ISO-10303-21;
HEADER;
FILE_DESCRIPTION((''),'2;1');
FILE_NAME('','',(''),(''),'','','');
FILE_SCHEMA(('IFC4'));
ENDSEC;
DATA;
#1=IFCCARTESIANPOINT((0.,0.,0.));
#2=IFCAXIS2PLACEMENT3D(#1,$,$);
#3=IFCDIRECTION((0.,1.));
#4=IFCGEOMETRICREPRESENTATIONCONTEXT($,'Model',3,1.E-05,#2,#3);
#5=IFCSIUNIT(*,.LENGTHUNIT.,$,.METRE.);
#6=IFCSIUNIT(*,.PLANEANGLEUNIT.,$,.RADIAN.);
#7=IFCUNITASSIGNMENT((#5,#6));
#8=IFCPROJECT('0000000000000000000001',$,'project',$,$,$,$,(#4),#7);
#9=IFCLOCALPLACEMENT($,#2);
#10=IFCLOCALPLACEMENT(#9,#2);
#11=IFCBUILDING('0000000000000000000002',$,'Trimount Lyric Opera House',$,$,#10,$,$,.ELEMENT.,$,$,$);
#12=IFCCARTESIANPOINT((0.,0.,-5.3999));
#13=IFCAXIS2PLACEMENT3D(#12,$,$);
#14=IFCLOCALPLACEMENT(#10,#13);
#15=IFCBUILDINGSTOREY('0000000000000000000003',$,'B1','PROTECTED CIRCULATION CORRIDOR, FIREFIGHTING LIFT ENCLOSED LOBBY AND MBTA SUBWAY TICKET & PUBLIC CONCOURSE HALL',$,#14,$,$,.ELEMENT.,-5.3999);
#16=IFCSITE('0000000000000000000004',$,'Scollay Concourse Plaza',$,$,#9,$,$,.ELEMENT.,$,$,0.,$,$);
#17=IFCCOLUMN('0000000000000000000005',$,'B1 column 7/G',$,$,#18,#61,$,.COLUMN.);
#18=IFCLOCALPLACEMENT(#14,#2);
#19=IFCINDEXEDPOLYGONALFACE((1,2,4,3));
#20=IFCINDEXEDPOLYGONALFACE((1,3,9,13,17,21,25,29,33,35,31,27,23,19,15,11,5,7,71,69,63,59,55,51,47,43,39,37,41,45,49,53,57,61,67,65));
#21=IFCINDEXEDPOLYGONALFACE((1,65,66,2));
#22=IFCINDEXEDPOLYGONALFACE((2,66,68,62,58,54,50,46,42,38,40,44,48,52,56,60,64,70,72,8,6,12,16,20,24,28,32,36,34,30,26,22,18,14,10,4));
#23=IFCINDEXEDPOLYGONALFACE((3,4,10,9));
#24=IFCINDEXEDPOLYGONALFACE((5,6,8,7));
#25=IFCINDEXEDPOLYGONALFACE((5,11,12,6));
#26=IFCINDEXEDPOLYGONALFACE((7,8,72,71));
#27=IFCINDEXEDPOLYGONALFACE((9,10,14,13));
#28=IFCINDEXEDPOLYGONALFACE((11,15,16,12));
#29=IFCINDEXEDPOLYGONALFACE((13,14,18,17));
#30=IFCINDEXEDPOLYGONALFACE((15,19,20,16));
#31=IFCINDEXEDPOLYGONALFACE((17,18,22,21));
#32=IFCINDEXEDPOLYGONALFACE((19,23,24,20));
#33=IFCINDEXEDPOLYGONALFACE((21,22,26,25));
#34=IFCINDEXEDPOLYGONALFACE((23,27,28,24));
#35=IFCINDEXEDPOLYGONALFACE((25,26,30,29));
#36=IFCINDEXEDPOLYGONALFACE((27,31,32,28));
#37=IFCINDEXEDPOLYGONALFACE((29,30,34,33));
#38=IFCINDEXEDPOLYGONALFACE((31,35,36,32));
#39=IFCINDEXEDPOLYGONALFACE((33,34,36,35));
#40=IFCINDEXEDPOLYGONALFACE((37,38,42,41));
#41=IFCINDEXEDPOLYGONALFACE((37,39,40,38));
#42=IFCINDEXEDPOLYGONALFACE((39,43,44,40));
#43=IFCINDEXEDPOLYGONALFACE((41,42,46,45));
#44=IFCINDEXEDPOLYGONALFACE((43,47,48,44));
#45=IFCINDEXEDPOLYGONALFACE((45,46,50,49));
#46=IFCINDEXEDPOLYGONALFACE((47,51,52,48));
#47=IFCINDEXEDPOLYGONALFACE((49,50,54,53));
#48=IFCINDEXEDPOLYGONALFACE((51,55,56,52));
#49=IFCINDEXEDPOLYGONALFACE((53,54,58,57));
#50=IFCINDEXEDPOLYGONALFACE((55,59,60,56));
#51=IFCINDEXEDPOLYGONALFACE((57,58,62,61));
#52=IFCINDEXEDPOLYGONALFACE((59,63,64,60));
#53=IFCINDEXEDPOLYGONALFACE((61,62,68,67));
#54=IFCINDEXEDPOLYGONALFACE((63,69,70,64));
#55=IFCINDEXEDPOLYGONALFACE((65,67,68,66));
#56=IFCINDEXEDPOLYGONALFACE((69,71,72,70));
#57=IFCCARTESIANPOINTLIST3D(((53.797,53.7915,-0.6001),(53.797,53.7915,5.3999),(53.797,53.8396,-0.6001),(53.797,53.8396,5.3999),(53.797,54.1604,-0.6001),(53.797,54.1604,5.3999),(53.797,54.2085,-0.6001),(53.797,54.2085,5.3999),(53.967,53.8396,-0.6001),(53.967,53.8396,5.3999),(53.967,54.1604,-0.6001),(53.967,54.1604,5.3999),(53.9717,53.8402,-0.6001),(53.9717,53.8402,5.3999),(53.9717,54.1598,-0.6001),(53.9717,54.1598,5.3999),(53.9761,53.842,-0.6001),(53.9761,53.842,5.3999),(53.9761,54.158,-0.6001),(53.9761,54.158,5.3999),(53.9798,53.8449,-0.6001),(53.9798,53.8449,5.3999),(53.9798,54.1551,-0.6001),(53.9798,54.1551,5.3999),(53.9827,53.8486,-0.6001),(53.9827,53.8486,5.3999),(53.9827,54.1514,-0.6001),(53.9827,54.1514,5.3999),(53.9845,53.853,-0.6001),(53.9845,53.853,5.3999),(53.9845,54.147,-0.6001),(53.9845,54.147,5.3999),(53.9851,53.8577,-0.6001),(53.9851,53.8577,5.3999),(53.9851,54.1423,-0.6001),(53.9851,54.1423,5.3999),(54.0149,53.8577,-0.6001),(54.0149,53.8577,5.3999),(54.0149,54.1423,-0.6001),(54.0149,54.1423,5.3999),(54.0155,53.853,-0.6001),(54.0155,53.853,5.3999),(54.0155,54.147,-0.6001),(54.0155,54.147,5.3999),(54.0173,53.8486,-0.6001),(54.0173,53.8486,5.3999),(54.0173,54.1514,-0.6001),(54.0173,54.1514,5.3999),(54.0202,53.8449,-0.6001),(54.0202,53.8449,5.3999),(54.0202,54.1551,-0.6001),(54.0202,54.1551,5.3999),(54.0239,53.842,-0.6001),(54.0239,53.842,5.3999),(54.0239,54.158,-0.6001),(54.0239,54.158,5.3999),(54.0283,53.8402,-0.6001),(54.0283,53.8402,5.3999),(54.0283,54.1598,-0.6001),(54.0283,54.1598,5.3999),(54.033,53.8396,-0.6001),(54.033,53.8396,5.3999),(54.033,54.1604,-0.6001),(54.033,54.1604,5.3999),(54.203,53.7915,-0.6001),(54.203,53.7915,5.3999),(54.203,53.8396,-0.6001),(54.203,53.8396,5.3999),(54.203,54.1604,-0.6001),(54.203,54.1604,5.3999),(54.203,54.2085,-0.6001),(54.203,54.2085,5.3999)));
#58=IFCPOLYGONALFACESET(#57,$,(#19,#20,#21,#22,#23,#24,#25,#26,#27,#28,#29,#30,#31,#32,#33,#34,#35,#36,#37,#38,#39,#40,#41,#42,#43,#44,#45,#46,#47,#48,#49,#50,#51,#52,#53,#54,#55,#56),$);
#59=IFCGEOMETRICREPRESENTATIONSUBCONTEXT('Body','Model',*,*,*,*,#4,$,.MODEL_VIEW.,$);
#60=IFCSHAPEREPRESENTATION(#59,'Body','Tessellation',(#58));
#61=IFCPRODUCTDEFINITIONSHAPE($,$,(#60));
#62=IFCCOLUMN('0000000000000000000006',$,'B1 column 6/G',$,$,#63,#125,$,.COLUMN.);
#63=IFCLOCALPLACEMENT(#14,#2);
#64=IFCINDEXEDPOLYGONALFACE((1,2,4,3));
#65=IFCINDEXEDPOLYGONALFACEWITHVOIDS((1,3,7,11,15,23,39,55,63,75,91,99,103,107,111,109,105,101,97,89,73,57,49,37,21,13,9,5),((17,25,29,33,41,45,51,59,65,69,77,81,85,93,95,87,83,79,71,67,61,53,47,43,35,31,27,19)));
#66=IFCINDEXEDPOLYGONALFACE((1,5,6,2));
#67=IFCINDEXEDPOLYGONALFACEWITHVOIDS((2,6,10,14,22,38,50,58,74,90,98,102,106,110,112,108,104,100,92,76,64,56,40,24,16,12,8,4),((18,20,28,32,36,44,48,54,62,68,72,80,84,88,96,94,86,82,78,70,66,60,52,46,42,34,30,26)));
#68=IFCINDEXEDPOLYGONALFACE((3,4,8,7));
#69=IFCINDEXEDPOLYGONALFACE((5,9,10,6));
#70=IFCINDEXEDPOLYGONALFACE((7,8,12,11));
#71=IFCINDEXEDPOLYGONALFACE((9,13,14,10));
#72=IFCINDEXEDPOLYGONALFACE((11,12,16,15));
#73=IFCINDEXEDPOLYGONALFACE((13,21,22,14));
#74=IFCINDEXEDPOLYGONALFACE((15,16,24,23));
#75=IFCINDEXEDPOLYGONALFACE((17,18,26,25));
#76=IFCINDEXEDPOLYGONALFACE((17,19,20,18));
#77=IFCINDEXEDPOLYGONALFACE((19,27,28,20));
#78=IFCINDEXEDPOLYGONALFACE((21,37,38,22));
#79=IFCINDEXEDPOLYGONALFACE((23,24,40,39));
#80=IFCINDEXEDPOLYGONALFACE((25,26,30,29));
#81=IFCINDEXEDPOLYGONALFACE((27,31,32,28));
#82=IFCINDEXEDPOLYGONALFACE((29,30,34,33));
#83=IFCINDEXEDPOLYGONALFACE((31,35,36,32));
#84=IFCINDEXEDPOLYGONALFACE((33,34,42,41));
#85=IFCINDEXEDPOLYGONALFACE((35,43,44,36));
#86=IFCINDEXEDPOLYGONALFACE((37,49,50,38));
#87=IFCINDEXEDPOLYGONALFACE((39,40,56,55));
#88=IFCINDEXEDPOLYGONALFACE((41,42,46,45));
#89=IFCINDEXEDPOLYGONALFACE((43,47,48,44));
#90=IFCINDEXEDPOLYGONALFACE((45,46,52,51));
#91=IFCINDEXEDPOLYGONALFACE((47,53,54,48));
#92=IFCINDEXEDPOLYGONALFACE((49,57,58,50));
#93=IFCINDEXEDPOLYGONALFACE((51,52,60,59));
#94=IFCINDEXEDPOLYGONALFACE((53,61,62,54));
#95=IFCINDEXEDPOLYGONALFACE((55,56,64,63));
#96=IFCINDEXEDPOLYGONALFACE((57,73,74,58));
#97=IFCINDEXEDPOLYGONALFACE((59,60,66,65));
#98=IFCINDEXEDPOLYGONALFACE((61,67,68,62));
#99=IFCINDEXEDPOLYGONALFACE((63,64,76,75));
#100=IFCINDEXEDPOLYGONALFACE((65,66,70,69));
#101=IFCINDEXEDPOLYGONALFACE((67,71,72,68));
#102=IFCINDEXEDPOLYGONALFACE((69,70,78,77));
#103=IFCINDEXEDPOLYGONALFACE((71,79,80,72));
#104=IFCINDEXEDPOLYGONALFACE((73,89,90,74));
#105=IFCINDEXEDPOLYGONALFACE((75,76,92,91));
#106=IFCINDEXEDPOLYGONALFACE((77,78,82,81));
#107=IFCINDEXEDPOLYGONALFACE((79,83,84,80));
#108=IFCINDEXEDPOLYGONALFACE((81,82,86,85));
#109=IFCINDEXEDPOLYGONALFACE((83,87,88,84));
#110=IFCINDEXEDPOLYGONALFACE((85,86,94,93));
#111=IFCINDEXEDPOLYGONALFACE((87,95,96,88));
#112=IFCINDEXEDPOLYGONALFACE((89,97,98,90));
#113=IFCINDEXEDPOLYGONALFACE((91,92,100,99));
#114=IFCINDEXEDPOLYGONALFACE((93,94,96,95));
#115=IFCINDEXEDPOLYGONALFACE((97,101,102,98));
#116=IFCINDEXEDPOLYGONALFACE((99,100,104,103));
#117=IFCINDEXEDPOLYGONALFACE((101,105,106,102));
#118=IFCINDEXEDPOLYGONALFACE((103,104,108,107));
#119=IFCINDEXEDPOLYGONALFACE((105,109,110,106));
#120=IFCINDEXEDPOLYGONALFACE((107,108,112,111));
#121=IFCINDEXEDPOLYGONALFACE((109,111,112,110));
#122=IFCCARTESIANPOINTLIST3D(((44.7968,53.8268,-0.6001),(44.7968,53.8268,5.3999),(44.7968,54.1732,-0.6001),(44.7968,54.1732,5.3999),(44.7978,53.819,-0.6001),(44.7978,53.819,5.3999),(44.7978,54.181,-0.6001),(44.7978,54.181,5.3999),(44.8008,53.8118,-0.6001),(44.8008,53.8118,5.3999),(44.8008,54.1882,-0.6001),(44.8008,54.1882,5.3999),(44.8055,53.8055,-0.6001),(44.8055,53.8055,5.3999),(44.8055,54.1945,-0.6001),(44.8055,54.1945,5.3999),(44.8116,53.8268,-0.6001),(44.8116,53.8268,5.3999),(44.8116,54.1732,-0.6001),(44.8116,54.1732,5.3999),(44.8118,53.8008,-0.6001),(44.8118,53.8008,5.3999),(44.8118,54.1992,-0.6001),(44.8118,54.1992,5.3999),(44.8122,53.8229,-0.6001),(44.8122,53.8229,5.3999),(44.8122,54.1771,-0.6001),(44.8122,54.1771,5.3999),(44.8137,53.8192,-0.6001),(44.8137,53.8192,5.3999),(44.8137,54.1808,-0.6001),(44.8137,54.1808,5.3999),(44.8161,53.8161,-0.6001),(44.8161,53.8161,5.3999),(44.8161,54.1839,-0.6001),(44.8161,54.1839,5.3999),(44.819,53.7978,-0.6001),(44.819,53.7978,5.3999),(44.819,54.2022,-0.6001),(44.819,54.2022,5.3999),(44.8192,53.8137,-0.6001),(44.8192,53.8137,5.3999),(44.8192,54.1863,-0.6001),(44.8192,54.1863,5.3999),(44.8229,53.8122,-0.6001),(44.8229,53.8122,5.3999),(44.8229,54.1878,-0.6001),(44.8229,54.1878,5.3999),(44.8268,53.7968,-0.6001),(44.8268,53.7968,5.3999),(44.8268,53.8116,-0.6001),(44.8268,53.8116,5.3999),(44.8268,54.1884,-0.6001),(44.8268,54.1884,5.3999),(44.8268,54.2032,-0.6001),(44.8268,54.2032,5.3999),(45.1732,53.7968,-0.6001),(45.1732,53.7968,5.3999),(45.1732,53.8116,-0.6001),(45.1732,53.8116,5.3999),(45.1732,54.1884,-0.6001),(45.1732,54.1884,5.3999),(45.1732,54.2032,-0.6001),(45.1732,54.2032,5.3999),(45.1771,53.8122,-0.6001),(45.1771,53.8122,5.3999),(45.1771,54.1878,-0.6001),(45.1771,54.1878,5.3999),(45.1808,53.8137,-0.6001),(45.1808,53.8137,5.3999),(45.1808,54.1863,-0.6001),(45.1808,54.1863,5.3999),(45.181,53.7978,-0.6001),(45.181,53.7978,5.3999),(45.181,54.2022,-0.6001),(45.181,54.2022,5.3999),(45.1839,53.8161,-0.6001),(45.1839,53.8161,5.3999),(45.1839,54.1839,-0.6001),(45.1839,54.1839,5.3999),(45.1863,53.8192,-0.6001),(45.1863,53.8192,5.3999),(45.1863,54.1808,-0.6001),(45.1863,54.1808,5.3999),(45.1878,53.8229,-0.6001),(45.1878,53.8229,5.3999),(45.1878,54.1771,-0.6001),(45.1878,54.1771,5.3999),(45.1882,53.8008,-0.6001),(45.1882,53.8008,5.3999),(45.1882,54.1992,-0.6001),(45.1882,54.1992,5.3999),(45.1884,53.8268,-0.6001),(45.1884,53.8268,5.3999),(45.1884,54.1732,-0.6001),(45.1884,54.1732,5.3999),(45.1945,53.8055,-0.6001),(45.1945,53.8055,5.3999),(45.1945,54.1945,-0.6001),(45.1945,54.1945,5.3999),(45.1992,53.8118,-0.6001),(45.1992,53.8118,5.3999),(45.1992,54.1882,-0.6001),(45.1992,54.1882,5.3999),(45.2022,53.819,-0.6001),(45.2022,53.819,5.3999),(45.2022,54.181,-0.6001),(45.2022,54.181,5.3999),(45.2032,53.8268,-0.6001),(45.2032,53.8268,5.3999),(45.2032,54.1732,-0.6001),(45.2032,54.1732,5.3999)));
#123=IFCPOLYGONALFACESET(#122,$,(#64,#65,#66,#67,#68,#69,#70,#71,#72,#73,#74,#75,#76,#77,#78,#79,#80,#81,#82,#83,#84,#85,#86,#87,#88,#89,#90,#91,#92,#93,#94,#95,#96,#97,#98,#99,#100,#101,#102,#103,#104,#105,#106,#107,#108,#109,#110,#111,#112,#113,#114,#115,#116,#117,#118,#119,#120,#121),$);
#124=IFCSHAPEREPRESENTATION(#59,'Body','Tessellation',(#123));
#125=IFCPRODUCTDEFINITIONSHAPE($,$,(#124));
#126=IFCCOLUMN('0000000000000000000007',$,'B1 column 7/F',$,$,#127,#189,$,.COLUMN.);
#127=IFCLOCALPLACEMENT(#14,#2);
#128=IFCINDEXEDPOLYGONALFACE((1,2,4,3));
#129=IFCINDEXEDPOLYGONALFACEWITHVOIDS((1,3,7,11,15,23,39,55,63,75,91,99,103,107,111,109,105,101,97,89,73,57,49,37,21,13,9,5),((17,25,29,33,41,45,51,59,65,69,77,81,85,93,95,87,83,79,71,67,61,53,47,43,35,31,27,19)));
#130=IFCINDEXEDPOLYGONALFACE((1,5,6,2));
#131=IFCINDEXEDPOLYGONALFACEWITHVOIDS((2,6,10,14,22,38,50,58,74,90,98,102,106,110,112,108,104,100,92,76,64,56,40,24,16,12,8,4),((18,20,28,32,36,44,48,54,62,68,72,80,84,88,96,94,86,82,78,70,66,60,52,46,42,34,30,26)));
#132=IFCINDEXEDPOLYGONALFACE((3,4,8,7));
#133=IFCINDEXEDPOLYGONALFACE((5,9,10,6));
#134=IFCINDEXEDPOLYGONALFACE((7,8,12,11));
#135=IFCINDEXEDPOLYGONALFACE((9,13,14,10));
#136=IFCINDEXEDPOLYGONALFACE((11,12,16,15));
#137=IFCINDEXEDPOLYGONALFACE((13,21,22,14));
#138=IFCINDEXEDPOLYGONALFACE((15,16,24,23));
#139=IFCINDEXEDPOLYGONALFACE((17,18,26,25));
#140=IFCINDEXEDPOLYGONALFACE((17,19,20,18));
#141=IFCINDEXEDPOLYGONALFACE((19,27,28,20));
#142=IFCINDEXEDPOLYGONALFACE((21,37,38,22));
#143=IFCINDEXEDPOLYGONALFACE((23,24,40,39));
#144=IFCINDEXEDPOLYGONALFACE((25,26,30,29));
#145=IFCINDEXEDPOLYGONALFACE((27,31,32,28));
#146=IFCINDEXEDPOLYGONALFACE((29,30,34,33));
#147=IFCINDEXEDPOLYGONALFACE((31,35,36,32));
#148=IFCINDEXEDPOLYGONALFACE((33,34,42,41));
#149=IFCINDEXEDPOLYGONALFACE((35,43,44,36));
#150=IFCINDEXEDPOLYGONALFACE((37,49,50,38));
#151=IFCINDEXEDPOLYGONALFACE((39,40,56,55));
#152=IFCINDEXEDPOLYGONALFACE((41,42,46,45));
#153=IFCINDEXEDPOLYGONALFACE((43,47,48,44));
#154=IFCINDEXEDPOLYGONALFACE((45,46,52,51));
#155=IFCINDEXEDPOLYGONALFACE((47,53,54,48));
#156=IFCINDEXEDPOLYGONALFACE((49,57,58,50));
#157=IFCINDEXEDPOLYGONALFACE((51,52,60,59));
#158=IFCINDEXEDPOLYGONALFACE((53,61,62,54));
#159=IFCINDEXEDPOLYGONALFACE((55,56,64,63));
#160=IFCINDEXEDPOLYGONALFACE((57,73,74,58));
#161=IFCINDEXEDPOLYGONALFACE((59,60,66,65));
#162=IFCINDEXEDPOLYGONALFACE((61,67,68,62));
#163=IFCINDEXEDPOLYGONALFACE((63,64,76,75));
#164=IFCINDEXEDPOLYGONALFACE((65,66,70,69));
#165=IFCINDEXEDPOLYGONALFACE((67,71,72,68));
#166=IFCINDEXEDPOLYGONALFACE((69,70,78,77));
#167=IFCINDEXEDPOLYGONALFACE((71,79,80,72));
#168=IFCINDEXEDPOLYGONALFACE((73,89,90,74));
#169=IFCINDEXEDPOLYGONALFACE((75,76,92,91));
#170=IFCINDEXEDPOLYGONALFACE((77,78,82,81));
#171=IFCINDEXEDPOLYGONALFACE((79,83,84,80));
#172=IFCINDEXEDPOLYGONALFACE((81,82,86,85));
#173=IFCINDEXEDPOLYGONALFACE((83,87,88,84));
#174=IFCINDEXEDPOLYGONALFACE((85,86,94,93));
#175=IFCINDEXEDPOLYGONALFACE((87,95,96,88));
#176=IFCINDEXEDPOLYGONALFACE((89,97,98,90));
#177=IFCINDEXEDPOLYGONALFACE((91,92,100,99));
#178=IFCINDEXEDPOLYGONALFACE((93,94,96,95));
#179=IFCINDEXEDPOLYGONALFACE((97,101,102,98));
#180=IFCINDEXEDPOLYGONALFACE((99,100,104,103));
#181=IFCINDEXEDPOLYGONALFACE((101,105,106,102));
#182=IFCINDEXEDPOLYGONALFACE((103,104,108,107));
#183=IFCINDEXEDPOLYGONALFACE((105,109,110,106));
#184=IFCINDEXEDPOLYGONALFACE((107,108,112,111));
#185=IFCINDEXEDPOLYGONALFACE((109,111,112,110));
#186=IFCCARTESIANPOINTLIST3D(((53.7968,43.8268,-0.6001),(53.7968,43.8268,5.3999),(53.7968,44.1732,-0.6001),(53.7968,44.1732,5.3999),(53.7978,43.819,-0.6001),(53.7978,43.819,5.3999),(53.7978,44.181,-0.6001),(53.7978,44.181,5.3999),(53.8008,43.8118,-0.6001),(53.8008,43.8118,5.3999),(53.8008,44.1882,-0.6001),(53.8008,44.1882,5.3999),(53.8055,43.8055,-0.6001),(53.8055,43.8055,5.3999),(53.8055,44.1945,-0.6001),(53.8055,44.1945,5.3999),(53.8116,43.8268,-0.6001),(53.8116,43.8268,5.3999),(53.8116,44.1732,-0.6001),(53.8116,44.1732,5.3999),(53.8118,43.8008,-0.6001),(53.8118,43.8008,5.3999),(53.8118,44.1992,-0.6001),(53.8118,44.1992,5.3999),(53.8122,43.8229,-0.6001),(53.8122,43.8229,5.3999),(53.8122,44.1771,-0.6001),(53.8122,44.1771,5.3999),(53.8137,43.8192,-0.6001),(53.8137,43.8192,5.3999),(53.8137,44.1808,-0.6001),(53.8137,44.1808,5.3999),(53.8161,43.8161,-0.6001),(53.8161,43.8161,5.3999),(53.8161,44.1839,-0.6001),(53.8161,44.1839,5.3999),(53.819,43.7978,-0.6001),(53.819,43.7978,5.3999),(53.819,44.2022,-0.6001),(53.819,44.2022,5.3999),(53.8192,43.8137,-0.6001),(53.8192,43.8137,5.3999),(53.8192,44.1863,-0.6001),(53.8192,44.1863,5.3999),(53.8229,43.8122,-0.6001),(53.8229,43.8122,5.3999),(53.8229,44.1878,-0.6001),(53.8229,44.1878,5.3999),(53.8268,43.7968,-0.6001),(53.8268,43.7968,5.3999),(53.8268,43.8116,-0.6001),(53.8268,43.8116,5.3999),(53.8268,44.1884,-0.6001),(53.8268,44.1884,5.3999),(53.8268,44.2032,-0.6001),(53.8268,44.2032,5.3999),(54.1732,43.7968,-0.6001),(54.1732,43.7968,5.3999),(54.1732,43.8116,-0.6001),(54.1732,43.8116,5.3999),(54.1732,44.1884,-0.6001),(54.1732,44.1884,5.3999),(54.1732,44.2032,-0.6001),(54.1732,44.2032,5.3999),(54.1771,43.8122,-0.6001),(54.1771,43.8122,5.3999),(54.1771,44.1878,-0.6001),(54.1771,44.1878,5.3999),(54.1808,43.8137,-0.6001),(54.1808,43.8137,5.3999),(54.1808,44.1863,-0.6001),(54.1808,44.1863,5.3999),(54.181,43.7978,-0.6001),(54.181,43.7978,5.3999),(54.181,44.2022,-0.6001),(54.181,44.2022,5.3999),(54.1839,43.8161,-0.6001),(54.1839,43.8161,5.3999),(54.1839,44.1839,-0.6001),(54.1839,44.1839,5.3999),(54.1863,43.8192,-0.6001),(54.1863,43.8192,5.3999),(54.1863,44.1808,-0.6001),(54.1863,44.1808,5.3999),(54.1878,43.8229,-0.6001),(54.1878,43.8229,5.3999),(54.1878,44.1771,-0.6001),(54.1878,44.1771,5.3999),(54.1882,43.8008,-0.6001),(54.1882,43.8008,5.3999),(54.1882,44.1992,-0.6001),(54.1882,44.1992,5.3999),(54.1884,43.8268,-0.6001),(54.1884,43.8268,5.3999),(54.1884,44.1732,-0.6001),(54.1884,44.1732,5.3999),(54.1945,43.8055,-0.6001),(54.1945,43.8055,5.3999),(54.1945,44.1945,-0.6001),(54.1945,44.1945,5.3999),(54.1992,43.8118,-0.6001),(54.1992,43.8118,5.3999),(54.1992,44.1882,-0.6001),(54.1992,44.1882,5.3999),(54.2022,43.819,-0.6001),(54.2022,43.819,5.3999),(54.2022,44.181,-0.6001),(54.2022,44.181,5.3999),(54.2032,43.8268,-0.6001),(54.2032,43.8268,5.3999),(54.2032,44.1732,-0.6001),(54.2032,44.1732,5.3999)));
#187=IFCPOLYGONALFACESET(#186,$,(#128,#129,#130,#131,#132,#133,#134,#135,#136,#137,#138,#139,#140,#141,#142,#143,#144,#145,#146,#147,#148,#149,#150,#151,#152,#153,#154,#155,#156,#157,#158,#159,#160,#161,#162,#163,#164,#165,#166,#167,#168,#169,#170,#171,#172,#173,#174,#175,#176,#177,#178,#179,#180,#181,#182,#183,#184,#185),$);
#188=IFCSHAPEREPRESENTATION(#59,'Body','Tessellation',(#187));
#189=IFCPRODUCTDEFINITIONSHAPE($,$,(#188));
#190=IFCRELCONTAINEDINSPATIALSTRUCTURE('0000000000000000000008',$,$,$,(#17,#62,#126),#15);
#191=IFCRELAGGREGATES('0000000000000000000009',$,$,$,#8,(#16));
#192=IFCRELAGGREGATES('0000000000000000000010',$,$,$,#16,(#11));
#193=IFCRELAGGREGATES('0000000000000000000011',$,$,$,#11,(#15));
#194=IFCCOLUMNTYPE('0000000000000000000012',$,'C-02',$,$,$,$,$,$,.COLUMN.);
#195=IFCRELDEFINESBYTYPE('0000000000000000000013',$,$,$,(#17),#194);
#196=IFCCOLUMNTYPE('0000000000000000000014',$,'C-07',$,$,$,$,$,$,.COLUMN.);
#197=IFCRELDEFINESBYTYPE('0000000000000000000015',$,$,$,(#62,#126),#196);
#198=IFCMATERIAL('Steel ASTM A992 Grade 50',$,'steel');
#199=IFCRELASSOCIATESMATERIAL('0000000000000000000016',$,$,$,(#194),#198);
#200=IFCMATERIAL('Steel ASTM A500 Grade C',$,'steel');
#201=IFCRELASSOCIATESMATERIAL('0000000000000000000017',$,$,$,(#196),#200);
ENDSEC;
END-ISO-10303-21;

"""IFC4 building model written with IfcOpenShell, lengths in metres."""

from ifc_helpers import new_model, si_unit, direction, frame, origin, origin_2d, place, context, subcontext, project, spatial, hollow_rectangle, i_section, extrude, material, material_profile, profile_set, type_object, element, save


model = new_model("IFC4")

# Units and contexts
model_context = context("Model", 3, precision=1e-05, world=origin(), true_north=direction((0.0, 1.0)))
body_context = subcontext(model_context, "Body", "Model", "MODEL_VIEW")
ifc_project = project(units=[si_unit("LENGTHUNIT", "METRE"), si_unit("PLANEANGLEUNIT", "RADIAN")], contexts=[model_context])

# Site, building, storey
site_placement = place(None, origin())
site = spatial("IfcSite", under=ifc_project, at=site_placement, Name="Scollay Concourse Plaza", CompositionType="ELEMENT", RefElevation=0.0)
building_placement = place(site_placement, origin())
building = spatial("IfcBuilding", under=site, at=building_placement, Name="Trimount Lyric Opera House", CompositionType="ELEMENT")
storey_placement = place(building_placement, frame((0.0, 0.0, -5.3999)))
storey = spatial("IfcBuildingStorey", under=building, at=storey_placement, Name="B1", Description="PROTECTED CIRCULATION CORRIDOR, FIREFIGHTING LIFT ENCLOSED LOBBY AND MBTA SUBWAY TICKET & PUBLIC CONCOURSE HALL", CompositionType="ELEMENT", Elevation=-5.3999)

# Columns
ifc_material_1 = material(Name="Steel ASTM A992 Grade 50", Category="steel")
ifc_material_profile_1 = material_profile(ifc_material_1, i_section(OverallWidth=0.406, OverallDepth=0.417, WebThickness=0.0298, FlangeThickness=0.0481, FilletRadius=0.0181, at=origin_2d()), Name="W14X257")
ifc_profile_set_1 = profile_set([ifc_material_profile_1], Name="Steel ASTM A992 Grade 50")
column_type_1 = type_object("IfcColumnType", Name="C-02", PredefinedType="COLUMN", material=ifc_profile_set_1)
for number, where, z_axis, x_axis, name in (
    (1, (54.0, 54.0, -0.6001), (0.0, 0.0, 1.0), (1.0, 0.0, 0.0), "B1 column 7/G"),
):
    element("IfcColumn", number, at=place(storey_placement, frame(where, z_axis=z_axis, x_axis=x_axis)), inside=storey, type_object=column_type_1, Name=name, PredefinedType="COLUMN", context=body_context, shape_type="SweptSolid", body=[
        extrude(i_section(OverallWidth=0.406, OverallDepth=0.417, WebThickness=0.0298, FlangeThickness=0.0481, FilletRadius=0.0181, at=origin_2d()), origin(), (0.0, 0.0, 1.0), 6.0),
    ])
ifc_material_2 = material(Name="Steel ASTM A500 Grade C", Category="steel")
ifc_material_profile_2 = material_profile(ifc_material_2, hollow_rectangle(XDim=0.4065, YDim=0.4065, WallThickness=0.0149, InnerFilletRadius=0.0151, OuterFilletRadius=0.03, at=origin_2d()), Name="HSS406.4X406.4X15.9")
ifc_profile_set_2 = profile_set([ifc_material_profile_2], Name="Steel ASTM A500 Grade C")
column_type_2 = type_object("IfcColumnType", Name="C-07", PredefinedType="COLUMN", material=ifc_profile_set_2)
for number, where, z_axis, x_axis, name in (
    (2, (45.0, 54.0, -0.6001), (0.0, 0.0, 1.0), (1.0, 0.0, 0.0), "B1 column 6/G"),
    (3, (54.0, 44.0, -0.6001), (0.0, 0.0, 1.0), (1.0, 0.0, 0.0), "B1 column 7/F"),
):
    element("IfcColumn", number, at=place(storey_placement, frame(where, z_axis=z_axis, x_axis=x_axis)), inside=storey, type_object=column_type_2, Name=name, PredefinedType="COLUMN", context=body_context, shape_type="SweptSolid", body=[
        extrude(hollow_rectangle(XDim=0.4065, YDim=0.4065, WallThickness=0.0149, InnerFilletRadius=0.0151, OuterFilletRadius=0.03, at=origin_2d()), origin(), (0.0, 0.0, 1.0), 6.0),
    ])

save(model, "model.ifc")
